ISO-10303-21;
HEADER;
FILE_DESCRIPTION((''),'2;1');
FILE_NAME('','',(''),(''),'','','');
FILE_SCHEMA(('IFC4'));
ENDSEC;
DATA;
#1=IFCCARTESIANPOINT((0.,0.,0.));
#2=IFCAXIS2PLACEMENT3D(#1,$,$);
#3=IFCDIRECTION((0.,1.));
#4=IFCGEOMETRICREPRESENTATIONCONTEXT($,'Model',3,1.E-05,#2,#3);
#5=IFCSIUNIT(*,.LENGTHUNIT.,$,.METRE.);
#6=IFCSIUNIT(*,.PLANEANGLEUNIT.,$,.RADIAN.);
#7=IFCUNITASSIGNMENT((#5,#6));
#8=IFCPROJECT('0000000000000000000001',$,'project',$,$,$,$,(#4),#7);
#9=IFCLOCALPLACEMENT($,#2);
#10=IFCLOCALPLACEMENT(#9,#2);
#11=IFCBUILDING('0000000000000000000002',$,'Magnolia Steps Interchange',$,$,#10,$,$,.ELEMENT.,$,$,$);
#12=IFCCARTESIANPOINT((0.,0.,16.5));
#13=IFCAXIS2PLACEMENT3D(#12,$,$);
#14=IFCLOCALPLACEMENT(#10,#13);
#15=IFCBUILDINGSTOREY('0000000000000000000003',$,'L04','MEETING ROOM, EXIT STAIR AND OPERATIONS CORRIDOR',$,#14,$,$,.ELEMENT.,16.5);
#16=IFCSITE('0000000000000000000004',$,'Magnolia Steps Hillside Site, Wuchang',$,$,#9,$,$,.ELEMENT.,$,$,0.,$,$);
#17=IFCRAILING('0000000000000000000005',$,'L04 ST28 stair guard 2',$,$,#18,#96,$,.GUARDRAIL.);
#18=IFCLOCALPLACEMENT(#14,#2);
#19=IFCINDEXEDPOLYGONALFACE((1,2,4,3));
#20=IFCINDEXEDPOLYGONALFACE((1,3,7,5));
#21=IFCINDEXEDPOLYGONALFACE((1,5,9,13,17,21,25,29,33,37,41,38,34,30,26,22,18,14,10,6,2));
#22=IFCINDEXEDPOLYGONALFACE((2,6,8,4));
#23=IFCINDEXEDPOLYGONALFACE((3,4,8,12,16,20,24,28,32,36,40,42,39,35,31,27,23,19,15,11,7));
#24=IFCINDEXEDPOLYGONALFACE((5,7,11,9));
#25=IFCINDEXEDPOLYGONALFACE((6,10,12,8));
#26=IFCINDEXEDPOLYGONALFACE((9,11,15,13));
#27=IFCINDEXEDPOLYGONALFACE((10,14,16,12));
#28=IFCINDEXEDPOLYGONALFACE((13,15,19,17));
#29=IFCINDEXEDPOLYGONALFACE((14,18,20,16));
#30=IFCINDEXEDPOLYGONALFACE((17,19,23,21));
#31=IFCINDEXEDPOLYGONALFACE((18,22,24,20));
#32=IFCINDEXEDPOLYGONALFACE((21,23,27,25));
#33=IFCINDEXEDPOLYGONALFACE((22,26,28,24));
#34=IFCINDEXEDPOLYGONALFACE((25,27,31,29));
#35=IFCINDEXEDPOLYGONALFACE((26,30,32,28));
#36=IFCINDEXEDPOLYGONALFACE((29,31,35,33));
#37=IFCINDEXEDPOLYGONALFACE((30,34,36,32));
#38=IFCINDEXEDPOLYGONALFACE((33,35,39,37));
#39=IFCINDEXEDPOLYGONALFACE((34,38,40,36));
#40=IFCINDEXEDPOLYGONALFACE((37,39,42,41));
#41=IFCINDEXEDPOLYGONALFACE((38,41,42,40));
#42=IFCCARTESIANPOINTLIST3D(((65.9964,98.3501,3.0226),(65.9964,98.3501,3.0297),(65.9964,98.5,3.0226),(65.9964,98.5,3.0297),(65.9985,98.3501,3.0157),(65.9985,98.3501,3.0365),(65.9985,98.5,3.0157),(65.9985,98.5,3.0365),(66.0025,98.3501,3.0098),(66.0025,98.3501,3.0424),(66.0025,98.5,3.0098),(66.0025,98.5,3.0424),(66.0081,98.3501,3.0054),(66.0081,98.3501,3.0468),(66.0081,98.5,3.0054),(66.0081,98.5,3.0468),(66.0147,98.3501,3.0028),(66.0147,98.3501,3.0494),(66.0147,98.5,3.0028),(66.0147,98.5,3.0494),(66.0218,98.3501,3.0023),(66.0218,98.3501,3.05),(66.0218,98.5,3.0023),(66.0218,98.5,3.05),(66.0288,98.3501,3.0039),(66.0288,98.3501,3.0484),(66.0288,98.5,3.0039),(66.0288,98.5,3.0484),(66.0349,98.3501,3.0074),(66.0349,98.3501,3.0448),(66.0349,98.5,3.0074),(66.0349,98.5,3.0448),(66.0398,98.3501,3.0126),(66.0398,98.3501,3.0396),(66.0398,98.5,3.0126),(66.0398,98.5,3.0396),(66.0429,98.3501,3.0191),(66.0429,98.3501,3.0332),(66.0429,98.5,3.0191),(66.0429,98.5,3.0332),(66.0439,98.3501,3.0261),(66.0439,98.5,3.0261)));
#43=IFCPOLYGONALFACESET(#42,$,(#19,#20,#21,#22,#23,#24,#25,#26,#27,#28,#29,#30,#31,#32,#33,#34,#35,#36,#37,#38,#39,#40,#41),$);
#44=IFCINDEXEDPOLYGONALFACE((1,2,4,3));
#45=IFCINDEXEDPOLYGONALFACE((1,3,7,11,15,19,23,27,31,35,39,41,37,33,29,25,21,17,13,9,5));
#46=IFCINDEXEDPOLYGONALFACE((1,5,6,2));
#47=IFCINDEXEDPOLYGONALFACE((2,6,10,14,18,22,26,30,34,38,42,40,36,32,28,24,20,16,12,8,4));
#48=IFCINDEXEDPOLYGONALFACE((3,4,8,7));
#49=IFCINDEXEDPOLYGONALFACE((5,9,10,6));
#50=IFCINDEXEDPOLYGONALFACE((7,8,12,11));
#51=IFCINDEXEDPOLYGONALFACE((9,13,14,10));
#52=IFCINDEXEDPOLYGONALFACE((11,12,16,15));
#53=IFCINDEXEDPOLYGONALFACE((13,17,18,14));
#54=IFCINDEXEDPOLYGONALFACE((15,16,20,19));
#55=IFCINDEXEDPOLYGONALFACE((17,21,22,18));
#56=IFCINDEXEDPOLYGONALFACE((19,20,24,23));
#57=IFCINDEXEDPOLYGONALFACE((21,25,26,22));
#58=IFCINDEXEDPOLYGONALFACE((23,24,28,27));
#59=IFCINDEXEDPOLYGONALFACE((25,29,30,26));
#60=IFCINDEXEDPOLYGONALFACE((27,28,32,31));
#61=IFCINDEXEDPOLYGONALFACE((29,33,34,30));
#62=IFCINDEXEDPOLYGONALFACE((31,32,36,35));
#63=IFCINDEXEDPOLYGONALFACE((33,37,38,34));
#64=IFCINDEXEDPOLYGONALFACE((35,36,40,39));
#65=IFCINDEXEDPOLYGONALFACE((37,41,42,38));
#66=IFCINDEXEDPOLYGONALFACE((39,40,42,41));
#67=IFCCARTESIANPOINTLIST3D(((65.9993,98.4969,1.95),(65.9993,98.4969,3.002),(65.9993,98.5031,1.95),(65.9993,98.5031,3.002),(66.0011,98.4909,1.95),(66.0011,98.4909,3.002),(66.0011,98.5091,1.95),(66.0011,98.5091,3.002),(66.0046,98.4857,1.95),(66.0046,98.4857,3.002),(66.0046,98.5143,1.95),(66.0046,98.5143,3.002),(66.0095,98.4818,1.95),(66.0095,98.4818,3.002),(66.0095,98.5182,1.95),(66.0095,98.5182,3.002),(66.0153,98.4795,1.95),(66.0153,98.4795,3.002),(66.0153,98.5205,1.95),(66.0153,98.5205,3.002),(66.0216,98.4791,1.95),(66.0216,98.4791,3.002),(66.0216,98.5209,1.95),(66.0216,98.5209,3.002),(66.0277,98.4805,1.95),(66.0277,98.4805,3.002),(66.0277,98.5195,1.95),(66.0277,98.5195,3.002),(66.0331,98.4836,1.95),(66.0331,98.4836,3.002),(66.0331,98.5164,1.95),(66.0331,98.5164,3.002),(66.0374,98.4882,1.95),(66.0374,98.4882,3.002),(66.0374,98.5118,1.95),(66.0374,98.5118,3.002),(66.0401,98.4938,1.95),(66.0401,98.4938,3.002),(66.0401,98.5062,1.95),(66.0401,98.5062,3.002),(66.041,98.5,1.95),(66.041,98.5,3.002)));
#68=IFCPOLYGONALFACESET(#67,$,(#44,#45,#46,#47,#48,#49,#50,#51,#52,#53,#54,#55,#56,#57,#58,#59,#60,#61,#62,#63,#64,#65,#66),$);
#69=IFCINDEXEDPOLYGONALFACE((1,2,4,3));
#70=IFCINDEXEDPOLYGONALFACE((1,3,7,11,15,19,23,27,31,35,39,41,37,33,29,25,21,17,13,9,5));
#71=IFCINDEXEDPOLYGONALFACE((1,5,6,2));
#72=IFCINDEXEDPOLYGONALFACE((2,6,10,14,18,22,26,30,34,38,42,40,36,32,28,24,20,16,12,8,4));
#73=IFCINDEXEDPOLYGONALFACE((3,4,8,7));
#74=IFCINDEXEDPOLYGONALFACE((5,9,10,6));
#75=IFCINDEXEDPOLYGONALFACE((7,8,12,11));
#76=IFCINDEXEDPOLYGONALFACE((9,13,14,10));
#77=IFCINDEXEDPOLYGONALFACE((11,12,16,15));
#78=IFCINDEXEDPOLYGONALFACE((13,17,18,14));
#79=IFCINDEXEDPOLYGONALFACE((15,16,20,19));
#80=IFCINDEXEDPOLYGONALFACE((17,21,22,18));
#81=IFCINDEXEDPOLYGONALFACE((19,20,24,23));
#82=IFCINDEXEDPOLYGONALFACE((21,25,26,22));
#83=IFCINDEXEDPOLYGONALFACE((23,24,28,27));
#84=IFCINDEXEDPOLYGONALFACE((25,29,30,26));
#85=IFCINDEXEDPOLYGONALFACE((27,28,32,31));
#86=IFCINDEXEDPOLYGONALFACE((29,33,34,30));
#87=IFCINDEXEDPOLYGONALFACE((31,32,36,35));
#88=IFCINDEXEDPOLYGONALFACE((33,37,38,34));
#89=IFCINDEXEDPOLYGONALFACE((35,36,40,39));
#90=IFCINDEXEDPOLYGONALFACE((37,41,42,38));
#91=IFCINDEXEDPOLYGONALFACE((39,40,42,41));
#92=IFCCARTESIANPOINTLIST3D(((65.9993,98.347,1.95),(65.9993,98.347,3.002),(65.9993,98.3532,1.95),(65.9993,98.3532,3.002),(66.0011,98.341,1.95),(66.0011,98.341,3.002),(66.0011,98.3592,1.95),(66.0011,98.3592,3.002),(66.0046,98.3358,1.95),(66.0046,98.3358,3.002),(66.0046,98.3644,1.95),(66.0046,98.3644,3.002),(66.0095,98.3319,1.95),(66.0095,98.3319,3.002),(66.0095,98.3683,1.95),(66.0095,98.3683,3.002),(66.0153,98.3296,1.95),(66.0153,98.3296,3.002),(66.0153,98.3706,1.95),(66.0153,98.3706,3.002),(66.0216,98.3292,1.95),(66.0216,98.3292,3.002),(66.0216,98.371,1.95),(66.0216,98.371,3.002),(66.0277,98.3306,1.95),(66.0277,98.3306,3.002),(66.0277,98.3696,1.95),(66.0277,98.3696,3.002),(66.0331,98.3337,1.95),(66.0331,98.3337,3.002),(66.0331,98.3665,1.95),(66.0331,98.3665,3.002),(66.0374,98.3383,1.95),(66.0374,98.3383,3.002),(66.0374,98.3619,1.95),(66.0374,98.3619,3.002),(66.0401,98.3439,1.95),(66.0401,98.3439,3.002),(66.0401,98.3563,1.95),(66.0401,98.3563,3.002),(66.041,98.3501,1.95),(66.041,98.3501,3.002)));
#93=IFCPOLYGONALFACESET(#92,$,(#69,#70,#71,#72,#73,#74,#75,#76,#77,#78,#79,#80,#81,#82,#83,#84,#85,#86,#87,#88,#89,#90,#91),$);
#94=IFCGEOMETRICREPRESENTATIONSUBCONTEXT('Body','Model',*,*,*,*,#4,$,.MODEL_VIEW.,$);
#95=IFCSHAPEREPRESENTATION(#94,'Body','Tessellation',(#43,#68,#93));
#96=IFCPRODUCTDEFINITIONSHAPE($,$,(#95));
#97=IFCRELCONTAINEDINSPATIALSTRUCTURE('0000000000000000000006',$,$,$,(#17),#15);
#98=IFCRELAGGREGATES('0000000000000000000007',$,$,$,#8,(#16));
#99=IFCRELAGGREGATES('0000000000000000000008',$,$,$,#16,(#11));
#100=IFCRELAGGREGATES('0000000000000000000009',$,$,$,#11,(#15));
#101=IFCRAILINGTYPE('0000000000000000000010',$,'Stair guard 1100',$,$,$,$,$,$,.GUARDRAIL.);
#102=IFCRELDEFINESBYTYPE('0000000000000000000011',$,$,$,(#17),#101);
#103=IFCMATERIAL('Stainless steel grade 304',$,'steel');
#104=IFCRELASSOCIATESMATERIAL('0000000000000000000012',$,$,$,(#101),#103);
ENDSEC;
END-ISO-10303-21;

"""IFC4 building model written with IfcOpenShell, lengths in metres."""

from ifc_helpers import new_model, si_unit, direction, frame, origin, origin_2d, place, context, subcontext, project, spatial, circle, extrude, material, type_object, element, save


model = new_model("IFC4")

# Units and contexts
model_context = context("Model", 3, precision=1e-05, world=origin(), true_north=direction((0.0, 1.0)))
body_context = subcontext(model_context, "Body", "Model", "MODEL_VIEW")
ifc_project = project(units=[si_unit("LENGTHUNIT", "METRE"), si_unit("PLANEANGLEUNIT", "RADIAN")], contexts=[model_context])

# Site, building, storey
site_placement = place(None, origin())
site = spatial("IfcSite", under=ifc_project, at=site_placement, Name="Magnolia Steps Hillside Site, Wuchang", CompositionType="ELEMENT", RefElevation=0.0)
building_placement = place(site_placement, origin())
building = spatial("IfcBuilding", under=site, at=building_placement, Name="Magnolia Steps Interchange", CompositionType="ELEMENT")
storey_placement = place(building_placement, frame((0.0, 0.0, 16.5)))
storey = spatial("IfcBuildingStorey", under=building, at=storey_placement, Name="L04", Description="MEETING ROOM, EXIT STAIR AND OPERATIONS CORRIDOR", CompositionType="ELEMENT", Elevation=16.5)

# Railing
ifc_material_1 = material(Name="Stainless steel grade 304", Category="steel")
railing_type_1 = type_object("IfcRailingType", Name="Stair guard 1100", PredefinedType="GUARDRAIL", material=ifc_material_1)
railing_1_placement = place(storey_placement, frame((66.02, 98.5, 1.95)))
element("IfcRailing", 1, at=railing_1_placement, inside=storey, type_object=railing_type_1, Name="L04 ST28 stair guard 2", PredefinedType="GUARDRAIL", context=body_context, shape_type="SweptSolid", body=[
    extrude(circle(Radius=0.0239, at=origin_2d()), frame((0.0, 0.0, 1.0762), z_axis=(0.0, -1.0, 0.0), x_axis=(1.0, 0.0, 0.0)), (0.0, 0.0, 1.0), 0.1499),
    extrude(circle(Radius=0.021, at=origin_2d()), origin(), (0.0, 0.0, 1.0), 1.052),
    extrude(circle(Radius=0.021, at=origin_2d()), frame((0.0, -0.1499, 0.0)), (0.0, 0.0, 1.0), 1.052),
])

save(model, "model.ifc")
